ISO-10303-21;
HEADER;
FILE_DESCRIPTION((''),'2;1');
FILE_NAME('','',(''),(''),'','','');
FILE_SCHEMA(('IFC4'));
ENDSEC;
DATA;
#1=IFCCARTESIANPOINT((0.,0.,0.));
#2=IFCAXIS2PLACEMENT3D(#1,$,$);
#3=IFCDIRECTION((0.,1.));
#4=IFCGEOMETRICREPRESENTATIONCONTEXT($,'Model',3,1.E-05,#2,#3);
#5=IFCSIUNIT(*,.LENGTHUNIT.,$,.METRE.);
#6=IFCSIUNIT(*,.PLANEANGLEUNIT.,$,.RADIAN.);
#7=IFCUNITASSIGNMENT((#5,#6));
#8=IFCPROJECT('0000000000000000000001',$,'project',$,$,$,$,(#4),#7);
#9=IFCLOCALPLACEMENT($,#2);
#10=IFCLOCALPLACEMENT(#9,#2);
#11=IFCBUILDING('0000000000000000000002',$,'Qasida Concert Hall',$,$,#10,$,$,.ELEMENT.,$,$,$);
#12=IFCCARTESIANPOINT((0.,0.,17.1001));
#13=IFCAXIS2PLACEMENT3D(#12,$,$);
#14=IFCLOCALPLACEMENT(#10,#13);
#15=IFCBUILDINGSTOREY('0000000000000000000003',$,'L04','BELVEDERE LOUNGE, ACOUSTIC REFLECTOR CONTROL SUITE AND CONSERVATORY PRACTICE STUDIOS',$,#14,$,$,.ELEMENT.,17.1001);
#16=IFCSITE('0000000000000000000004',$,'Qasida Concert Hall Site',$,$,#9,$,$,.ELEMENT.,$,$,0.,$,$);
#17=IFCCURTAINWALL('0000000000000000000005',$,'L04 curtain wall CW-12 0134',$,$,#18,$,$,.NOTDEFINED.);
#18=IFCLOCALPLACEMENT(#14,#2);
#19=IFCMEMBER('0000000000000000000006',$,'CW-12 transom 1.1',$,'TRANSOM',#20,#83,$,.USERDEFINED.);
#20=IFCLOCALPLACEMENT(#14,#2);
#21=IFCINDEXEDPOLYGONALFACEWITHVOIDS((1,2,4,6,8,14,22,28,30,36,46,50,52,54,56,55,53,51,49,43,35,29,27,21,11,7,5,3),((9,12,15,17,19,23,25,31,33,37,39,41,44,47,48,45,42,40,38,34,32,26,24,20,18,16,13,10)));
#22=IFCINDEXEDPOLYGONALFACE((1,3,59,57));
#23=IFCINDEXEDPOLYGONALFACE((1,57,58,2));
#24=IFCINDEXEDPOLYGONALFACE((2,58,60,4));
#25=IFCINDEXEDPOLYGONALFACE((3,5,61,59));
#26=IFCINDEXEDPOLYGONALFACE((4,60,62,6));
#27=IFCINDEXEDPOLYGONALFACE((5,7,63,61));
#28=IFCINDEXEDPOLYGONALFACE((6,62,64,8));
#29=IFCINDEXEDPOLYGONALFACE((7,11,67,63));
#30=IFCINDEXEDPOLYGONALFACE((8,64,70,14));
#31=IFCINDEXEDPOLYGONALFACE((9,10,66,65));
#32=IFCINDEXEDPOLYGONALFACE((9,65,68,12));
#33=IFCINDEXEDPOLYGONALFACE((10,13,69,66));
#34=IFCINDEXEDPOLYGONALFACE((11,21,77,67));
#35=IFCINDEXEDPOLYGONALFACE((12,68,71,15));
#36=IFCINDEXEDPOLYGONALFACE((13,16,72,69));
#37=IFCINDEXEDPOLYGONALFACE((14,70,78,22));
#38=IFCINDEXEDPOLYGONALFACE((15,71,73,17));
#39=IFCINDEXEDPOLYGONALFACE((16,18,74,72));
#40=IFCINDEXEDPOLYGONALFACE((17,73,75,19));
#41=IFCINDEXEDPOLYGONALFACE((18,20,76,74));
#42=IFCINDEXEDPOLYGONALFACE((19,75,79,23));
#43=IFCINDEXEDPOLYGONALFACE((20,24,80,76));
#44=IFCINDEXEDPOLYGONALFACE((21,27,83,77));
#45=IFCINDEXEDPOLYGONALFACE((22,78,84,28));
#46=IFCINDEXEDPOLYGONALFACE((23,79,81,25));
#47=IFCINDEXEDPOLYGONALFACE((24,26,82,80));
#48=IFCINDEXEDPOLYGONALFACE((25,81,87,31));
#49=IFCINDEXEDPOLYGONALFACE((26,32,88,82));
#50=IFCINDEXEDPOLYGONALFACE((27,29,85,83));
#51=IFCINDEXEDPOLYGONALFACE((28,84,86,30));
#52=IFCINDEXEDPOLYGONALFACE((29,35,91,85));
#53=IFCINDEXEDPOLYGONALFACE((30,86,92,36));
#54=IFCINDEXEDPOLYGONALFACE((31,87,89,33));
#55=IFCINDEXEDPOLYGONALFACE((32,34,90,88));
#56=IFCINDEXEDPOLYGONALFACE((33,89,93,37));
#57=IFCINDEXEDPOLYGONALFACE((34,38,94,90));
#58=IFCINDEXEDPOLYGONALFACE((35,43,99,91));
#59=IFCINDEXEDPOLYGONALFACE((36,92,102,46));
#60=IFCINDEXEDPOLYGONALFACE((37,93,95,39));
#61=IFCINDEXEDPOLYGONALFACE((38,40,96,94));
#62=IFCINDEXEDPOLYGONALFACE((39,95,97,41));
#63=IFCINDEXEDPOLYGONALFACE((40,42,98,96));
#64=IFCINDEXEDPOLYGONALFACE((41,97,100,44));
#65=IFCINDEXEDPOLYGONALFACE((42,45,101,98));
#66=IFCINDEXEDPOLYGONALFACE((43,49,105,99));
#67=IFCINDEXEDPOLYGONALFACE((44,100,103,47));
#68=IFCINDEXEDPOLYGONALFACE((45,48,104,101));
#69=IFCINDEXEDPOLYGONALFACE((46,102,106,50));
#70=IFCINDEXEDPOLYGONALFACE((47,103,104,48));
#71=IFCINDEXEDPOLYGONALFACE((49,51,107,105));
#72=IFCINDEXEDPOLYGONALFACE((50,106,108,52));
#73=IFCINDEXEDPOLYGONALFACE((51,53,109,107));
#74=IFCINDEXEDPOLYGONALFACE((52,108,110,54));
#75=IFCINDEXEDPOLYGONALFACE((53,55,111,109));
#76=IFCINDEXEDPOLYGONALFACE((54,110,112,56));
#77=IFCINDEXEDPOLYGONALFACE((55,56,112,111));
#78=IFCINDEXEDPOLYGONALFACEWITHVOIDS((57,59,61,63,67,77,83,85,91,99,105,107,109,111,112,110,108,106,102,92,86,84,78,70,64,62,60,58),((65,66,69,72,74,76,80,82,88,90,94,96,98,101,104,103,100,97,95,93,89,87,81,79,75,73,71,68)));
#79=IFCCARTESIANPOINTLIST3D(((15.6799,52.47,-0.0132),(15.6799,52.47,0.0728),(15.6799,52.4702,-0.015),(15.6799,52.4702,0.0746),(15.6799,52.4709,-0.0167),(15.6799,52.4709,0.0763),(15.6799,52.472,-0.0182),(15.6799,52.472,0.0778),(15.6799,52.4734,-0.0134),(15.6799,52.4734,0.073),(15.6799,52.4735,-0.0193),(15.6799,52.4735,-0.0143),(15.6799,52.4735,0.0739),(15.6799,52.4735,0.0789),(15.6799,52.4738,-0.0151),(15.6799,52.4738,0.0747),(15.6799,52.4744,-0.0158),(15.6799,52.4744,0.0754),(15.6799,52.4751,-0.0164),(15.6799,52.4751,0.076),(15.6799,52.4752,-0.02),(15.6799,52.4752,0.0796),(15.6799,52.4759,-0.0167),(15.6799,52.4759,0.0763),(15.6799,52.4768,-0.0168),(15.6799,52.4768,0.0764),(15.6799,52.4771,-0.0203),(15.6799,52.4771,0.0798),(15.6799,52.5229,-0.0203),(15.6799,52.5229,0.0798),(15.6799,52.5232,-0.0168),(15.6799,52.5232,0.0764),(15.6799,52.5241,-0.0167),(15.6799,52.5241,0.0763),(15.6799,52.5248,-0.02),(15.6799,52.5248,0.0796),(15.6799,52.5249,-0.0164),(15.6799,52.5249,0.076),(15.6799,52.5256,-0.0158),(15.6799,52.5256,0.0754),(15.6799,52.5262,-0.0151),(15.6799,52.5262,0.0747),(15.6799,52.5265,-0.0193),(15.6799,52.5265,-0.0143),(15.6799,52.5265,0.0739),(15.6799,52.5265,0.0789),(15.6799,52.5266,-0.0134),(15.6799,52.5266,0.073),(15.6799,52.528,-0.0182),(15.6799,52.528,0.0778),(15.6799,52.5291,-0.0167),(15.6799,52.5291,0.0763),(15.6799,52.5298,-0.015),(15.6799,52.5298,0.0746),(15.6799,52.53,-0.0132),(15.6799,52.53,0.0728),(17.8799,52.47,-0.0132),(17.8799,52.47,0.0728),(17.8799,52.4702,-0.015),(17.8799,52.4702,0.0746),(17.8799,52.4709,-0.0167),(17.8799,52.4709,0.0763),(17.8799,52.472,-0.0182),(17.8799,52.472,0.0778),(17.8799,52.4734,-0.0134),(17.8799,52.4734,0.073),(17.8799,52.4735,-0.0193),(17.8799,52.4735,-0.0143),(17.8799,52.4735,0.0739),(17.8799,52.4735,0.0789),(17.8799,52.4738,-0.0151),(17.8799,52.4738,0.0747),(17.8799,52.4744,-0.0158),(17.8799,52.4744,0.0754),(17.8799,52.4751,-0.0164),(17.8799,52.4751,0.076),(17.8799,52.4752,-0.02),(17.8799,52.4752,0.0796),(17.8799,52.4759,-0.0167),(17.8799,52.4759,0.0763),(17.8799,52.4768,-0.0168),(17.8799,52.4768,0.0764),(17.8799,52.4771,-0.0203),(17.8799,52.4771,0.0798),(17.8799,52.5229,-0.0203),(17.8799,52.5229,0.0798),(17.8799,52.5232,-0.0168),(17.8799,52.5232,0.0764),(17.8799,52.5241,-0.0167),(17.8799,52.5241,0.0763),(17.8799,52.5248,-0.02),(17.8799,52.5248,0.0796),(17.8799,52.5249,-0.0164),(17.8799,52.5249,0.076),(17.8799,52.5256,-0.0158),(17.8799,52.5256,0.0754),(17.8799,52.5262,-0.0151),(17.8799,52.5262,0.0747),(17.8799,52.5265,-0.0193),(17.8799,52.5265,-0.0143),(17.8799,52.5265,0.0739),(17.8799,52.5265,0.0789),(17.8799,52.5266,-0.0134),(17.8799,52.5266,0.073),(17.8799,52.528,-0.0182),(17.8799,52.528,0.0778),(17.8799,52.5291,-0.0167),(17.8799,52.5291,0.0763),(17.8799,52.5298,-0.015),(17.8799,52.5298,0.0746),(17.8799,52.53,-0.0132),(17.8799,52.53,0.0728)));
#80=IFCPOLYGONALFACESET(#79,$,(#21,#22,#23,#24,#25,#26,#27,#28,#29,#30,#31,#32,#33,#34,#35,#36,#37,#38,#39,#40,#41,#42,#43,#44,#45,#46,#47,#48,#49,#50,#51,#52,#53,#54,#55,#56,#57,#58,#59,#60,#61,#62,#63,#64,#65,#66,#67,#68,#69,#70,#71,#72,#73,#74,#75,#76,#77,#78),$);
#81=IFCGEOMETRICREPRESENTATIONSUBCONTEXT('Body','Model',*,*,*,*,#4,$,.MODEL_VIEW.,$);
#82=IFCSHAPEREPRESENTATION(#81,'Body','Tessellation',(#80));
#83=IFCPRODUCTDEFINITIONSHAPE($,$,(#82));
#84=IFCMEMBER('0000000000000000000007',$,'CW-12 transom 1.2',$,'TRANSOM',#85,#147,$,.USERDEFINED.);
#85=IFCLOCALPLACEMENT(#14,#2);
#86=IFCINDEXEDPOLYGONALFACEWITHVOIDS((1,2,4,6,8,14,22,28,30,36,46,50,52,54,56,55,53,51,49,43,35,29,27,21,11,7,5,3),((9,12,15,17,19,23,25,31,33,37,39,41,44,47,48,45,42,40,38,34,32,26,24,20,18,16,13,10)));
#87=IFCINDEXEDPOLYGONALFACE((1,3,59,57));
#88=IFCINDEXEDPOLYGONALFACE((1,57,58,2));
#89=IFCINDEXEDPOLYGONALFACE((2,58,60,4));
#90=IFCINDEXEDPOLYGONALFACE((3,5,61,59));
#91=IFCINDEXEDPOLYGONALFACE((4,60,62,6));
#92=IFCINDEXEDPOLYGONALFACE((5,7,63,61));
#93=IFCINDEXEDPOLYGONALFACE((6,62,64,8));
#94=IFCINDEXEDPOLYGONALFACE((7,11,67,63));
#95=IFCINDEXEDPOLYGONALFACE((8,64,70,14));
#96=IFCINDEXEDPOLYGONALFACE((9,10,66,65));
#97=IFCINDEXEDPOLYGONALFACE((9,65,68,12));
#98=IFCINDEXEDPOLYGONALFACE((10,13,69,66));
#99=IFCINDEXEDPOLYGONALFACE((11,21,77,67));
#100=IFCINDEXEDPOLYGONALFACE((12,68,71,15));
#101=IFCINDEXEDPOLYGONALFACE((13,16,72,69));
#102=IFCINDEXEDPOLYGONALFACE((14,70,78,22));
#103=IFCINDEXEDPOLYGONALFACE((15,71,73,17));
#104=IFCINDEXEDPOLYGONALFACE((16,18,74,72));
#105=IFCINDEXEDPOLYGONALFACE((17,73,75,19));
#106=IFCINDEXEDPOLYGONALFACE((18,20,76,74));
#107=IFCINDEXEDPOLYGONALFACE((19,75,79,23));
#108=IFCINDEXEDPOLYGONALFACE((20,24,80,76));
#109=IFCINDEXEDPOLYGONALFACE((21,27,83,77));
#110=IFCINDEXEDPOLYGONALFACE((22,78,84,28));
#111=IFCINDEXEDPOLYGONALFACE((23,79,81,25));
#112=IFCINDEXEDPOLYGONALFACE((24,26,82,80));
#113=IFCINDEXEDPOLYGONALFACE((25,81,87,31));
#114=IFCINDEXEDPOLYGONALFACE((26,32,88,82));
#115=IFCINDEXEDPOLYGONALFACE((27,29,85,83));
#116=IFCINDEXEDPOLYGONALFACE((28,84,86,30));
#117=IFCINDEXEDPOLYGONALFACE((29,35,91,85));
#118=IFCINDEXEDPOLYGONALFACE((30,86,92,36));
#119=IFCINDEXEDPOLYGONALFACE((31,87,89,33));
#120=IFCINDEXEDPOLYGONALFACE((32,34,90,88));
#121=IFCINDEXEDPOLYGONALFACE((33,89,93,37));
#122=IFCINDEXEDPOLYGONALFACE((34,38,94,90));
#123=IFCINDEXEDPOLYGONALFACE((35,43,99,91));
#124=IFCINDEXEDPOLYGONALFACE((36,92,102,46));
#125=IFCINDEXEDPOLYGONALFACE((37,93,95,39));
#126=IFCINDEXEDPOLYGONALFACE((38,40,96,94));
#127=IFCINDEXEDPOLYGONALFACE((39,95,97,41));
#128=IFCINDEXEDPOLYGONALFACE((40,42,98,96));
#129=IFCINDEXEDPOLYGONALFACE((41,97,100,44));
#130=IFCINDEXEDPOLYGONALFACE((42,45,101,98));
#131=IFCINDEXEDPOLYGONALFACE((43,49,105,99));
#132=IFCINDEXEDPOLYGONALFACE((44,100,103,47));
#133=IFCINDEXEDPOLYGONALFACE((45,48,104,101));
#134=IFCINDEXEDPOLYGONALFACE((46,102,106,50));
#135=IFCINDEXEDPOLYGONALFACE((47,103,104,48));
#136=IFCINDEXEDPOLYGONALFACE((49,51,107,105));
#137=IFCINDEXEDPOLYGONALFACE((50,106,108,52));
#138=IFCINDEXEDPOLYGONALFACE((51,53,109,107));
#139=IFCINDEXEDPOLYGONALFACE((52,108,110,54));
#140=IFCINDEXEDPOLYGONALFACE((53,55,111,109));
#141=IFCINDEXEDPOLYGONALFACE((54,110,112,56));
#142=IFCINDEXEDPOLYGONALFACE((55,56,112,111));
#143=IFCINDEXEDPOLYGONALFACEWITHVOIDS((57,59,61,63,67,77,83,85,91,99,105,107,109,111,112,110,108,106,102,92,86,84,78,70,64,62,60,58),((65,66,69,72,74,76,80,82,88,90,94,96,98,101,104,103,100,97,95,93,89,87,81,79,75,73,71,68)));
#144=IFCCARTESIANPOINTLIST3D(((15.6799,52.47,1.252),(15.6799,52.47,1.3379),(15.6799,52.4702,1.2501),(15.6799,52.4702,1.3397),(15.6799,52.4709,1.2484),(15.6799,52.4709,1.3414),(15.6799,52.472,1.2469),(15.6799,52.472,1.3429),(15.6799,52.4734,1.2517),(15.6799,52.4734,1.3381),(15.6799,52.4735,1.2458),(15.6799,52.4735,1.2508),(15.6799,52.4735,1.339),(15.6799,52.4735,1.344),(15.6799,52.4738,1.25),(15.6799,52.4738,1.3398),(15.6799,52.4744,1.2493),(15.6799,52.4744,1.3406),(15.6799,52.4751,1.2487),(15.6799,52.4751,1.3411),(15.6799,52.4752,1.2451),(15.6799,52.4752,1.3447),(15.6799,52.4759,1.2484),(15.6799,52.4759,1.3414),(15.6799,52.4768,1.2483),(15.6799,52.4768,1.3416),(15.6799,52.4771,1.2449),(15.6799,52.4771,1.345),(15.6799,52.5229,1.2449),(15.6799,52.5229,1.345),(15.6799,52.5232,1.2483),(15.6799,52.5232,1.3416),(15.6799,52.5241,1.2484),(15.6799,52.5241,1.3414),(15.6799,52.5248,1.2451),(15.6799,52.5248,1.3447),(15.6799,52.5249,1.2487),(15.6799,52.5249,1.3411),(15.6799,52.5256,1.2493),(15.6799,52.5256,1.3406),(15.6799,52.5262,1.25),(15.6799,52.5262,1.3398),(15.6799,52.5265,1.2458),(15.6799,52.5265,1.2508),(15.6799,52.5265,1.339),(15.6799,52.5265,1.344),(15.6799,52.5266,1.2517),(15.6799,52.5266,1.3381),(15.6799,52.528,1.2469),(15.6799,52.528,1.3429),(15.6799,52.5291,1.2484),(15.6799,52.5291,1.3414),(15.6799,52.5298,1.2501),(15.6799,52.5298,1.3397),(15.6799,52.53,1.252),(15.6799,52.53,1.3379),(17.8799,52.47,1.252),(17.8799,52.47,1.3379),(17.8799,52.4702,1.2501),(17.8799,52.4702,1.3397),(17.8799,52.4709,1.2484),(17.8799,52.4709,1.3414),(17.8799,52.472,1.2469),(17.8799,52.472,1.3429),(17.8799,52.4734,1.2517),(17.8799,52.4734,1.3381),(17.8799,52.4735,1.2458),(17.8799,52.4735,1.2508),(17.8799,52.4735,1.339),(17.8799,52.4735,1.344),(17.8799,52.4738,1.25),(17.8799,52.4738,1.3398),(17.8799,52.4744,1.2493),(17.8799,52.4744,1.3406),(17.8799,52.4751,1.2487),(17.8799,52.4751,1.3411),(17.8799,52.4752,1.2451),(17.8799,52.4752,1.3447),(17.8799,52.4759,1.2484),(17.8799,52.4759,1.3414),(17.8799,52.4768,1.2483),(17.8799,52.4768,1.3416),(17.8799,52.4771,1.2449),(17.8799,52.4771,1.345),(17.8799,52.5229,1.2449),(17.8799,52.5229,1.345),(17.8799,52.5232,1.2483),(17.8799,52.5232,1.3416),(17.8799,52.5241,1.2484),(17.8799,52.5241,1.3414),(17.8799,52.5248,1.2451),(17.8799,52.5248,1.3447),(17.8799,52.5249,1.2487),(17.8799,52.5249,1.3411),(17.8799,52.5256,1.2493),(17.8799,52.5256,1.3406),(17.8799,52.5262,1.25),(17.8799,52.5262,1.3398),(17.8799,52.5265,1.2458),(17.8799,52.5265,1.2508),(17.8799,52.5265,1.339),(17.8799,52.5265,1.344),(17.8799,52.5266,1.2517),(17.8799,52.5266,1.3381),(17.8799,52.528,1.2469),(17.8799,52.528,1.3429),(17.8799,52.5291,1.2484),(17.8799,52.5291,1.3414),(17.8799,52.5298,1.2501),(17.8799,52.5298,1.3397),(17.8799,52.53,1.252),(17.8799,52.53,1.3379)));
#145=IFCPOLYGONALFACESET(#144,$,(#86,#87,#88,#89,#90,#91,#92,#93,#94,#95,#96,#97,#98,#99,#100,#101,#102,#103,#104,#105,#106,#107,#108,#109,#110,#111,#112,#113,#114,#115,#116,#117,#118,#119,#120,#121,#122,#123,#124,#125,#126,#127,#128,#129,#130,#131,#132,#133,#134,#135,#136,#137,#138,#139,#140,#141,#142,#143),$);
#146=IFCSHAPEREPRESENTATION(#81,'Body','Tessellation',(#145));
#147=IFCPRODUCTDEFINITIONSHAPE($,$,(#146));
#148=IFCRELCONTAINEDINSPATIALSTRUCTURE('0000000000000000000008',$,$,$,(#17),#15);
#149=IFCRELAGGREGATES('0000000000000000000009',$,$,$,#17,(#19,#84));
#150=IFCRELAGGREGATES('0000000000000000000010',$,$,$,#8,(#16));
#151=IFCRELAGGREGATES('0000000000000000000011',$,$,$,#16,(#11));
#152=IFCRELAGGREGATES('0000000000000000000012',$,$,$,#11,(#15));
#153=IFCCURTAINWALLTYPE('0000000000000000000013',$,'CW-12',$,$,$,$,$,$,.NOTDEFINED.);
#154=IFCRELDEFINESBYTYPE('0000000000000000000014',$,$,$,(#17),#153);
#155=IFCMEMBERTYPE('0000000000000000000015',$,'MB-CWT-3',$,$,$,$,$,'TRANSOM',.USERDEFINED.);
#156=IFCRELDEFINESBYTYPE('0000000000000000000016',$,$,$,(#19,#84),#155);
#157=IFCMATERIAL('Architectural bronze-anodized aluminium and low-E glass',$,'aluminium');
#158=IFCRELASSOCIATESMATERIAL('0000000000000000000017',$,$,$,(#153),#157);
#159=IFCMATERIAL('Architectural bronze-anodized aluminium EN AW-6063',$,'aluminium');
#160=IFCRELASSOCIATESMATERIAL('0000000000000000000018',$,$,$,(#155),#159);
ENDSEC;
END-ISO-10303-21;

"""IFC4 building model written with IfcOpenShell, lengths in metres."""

from ifc_helpers import new_model, si_unit, direction, frame, origin, origin_2d, place, context, subcontext, project, spatial, hollow_rectangle, extrude, material, material_profile, profile_set, type_object, element, aggregate, save


model = new_model("IFC4")

# Units and contexts
model_context = context("Model", 3, precision=1e-05, world=origin(), true_north=direction((0.0, 1.0)))
body_context = subcontext(model_context, "Body", "Model", "MODEL_VIEW")
ifc_project = project(units=[si_unit("LENGTHUNIT", "METRE"), si_unit("PLANEANGLEUNIT", "RADIAN")], contexts=[model_context])

# Site, building, storey
site_placement = place(None, origin())
site = spatial("IfcSite", under=ifc_project, at=site_placement, Name="Qasida Concert Hall Site", CompositionType="ELEMENT", RefElevation=0.0)
building_placement = place(site_placement, origin())
building = spatial("IfcBuilding", under=site, at=building_placement, Name="Qasida Concert Hall", CompositionType="ELEMENT")
storey_placement = place(building_placement, frame((0.0, 0.0, 17.1001)))
storey = spatial("IfcBuildingStorey", under=building, at=storey_placement, Name="L04", Description="BELVEDERE LOUNGE, ACOUSTIC REFLECTOR CONTROL SUITE AND CONSERVATORY PRACTICE STUDIOS", CompositionType="ELEMENT", Elevation=17.1001)

# Shared definitions
ifc_material_1 = material(Name="Architectural bronze-anodized aluminium and low-E glass", Category="aluminium")
curtain_wall_type = type_object("IfcCurtainWallType", Name="CW-12", PredefinedType="NOTDEFINED", material=ifc_material_1)
ifc_material_2 = material(Name="Architectural bronze-anodized aluminium EN AW-6063", Category="aluminium")

# Curtain wall
curtain_wall_1_placement = place(storey_placement, origin())
curtain_wall_1 = element("IfcCurtainWall", 1, at=curtain_wall_1_placement, inside=storey, type_object=curtain_wall_type, Name="L04 curtain wall CW-12 0134", PredefinedType="NOTDEFINED")

# Members
ifc_material_profile_1 = material_profile(ifc_material_2, hollow_rectangle(XDim=0.0601, YDim=0.1001, WallThickness=0.0034, InnerFilletRadius=0.0034, OuterFilletRadius=0.0071, at=origin_2d()), Name="CWT 100x60x3.5")
ifc_profile_set_1 = profile_set([ifc_material_profile_1], Name="Architectural bronze-anodized aluminium EN AW-6063")
member_type_1 = type_object("IfcMemberType", Name="MB-CWT-3", ElementType="TRANSOM", PredefinedType="USERDEFINED", material=ifc_profile_set_1)
member_1_placement = place(storey_placement, frame((15.6799, 52.5, 0.0298), z_axis=(1.0, 0.0, 0.0), x_axis=(0.0, 1.0, 0.0)))
member_1 = element("IfcMember", 2, at=member_1_placement, type_object=member_type_1, Name="CW-12 transom 1.1", ObjectType="TRANSOM", PredefinedType="USERDEFINED", context=body_context, shape_type="SweptSolid", body=[
    extrude(hollow_rectangle(XDim=0.0601, YDim=0.1001, WallThickness=0.0034, InnerFilletRadius=0.0034, OuterFilletRadius=0.0071, at=origin_2d()), origin(), (0.0, 0.0, 1.0), 2.2),
])
member_2_placement = place(storey_placement, frame((15.6799, 52.5, 1.2949), z_axis=(1.0, 0.0, 0.0), x_axis=(0.0, 1.0, 0.0)))
member_2 = element("IfcMember", 3, at=member_2_placement, type_object=member_type_1, Name="CW-12 transom 1.2", ObjectType="TRANSOM", PredefinedType="USERDEFINED", context=body_context, shape_type="SweptSolid", body=[
    extrude(hollow_rectangle(XDim=0.0601, YDim=0.1001, WallThickness=0.0034, InnerFilletRadius=0.0034, OuterFilletRadius=0.0071, at=origin_2d()), origin(), (0.0, 0.0, 1.0), 2.2),
])

aggregate(curtain_wall_1, [member_1, member_2])

save(model, "model.ifc")
